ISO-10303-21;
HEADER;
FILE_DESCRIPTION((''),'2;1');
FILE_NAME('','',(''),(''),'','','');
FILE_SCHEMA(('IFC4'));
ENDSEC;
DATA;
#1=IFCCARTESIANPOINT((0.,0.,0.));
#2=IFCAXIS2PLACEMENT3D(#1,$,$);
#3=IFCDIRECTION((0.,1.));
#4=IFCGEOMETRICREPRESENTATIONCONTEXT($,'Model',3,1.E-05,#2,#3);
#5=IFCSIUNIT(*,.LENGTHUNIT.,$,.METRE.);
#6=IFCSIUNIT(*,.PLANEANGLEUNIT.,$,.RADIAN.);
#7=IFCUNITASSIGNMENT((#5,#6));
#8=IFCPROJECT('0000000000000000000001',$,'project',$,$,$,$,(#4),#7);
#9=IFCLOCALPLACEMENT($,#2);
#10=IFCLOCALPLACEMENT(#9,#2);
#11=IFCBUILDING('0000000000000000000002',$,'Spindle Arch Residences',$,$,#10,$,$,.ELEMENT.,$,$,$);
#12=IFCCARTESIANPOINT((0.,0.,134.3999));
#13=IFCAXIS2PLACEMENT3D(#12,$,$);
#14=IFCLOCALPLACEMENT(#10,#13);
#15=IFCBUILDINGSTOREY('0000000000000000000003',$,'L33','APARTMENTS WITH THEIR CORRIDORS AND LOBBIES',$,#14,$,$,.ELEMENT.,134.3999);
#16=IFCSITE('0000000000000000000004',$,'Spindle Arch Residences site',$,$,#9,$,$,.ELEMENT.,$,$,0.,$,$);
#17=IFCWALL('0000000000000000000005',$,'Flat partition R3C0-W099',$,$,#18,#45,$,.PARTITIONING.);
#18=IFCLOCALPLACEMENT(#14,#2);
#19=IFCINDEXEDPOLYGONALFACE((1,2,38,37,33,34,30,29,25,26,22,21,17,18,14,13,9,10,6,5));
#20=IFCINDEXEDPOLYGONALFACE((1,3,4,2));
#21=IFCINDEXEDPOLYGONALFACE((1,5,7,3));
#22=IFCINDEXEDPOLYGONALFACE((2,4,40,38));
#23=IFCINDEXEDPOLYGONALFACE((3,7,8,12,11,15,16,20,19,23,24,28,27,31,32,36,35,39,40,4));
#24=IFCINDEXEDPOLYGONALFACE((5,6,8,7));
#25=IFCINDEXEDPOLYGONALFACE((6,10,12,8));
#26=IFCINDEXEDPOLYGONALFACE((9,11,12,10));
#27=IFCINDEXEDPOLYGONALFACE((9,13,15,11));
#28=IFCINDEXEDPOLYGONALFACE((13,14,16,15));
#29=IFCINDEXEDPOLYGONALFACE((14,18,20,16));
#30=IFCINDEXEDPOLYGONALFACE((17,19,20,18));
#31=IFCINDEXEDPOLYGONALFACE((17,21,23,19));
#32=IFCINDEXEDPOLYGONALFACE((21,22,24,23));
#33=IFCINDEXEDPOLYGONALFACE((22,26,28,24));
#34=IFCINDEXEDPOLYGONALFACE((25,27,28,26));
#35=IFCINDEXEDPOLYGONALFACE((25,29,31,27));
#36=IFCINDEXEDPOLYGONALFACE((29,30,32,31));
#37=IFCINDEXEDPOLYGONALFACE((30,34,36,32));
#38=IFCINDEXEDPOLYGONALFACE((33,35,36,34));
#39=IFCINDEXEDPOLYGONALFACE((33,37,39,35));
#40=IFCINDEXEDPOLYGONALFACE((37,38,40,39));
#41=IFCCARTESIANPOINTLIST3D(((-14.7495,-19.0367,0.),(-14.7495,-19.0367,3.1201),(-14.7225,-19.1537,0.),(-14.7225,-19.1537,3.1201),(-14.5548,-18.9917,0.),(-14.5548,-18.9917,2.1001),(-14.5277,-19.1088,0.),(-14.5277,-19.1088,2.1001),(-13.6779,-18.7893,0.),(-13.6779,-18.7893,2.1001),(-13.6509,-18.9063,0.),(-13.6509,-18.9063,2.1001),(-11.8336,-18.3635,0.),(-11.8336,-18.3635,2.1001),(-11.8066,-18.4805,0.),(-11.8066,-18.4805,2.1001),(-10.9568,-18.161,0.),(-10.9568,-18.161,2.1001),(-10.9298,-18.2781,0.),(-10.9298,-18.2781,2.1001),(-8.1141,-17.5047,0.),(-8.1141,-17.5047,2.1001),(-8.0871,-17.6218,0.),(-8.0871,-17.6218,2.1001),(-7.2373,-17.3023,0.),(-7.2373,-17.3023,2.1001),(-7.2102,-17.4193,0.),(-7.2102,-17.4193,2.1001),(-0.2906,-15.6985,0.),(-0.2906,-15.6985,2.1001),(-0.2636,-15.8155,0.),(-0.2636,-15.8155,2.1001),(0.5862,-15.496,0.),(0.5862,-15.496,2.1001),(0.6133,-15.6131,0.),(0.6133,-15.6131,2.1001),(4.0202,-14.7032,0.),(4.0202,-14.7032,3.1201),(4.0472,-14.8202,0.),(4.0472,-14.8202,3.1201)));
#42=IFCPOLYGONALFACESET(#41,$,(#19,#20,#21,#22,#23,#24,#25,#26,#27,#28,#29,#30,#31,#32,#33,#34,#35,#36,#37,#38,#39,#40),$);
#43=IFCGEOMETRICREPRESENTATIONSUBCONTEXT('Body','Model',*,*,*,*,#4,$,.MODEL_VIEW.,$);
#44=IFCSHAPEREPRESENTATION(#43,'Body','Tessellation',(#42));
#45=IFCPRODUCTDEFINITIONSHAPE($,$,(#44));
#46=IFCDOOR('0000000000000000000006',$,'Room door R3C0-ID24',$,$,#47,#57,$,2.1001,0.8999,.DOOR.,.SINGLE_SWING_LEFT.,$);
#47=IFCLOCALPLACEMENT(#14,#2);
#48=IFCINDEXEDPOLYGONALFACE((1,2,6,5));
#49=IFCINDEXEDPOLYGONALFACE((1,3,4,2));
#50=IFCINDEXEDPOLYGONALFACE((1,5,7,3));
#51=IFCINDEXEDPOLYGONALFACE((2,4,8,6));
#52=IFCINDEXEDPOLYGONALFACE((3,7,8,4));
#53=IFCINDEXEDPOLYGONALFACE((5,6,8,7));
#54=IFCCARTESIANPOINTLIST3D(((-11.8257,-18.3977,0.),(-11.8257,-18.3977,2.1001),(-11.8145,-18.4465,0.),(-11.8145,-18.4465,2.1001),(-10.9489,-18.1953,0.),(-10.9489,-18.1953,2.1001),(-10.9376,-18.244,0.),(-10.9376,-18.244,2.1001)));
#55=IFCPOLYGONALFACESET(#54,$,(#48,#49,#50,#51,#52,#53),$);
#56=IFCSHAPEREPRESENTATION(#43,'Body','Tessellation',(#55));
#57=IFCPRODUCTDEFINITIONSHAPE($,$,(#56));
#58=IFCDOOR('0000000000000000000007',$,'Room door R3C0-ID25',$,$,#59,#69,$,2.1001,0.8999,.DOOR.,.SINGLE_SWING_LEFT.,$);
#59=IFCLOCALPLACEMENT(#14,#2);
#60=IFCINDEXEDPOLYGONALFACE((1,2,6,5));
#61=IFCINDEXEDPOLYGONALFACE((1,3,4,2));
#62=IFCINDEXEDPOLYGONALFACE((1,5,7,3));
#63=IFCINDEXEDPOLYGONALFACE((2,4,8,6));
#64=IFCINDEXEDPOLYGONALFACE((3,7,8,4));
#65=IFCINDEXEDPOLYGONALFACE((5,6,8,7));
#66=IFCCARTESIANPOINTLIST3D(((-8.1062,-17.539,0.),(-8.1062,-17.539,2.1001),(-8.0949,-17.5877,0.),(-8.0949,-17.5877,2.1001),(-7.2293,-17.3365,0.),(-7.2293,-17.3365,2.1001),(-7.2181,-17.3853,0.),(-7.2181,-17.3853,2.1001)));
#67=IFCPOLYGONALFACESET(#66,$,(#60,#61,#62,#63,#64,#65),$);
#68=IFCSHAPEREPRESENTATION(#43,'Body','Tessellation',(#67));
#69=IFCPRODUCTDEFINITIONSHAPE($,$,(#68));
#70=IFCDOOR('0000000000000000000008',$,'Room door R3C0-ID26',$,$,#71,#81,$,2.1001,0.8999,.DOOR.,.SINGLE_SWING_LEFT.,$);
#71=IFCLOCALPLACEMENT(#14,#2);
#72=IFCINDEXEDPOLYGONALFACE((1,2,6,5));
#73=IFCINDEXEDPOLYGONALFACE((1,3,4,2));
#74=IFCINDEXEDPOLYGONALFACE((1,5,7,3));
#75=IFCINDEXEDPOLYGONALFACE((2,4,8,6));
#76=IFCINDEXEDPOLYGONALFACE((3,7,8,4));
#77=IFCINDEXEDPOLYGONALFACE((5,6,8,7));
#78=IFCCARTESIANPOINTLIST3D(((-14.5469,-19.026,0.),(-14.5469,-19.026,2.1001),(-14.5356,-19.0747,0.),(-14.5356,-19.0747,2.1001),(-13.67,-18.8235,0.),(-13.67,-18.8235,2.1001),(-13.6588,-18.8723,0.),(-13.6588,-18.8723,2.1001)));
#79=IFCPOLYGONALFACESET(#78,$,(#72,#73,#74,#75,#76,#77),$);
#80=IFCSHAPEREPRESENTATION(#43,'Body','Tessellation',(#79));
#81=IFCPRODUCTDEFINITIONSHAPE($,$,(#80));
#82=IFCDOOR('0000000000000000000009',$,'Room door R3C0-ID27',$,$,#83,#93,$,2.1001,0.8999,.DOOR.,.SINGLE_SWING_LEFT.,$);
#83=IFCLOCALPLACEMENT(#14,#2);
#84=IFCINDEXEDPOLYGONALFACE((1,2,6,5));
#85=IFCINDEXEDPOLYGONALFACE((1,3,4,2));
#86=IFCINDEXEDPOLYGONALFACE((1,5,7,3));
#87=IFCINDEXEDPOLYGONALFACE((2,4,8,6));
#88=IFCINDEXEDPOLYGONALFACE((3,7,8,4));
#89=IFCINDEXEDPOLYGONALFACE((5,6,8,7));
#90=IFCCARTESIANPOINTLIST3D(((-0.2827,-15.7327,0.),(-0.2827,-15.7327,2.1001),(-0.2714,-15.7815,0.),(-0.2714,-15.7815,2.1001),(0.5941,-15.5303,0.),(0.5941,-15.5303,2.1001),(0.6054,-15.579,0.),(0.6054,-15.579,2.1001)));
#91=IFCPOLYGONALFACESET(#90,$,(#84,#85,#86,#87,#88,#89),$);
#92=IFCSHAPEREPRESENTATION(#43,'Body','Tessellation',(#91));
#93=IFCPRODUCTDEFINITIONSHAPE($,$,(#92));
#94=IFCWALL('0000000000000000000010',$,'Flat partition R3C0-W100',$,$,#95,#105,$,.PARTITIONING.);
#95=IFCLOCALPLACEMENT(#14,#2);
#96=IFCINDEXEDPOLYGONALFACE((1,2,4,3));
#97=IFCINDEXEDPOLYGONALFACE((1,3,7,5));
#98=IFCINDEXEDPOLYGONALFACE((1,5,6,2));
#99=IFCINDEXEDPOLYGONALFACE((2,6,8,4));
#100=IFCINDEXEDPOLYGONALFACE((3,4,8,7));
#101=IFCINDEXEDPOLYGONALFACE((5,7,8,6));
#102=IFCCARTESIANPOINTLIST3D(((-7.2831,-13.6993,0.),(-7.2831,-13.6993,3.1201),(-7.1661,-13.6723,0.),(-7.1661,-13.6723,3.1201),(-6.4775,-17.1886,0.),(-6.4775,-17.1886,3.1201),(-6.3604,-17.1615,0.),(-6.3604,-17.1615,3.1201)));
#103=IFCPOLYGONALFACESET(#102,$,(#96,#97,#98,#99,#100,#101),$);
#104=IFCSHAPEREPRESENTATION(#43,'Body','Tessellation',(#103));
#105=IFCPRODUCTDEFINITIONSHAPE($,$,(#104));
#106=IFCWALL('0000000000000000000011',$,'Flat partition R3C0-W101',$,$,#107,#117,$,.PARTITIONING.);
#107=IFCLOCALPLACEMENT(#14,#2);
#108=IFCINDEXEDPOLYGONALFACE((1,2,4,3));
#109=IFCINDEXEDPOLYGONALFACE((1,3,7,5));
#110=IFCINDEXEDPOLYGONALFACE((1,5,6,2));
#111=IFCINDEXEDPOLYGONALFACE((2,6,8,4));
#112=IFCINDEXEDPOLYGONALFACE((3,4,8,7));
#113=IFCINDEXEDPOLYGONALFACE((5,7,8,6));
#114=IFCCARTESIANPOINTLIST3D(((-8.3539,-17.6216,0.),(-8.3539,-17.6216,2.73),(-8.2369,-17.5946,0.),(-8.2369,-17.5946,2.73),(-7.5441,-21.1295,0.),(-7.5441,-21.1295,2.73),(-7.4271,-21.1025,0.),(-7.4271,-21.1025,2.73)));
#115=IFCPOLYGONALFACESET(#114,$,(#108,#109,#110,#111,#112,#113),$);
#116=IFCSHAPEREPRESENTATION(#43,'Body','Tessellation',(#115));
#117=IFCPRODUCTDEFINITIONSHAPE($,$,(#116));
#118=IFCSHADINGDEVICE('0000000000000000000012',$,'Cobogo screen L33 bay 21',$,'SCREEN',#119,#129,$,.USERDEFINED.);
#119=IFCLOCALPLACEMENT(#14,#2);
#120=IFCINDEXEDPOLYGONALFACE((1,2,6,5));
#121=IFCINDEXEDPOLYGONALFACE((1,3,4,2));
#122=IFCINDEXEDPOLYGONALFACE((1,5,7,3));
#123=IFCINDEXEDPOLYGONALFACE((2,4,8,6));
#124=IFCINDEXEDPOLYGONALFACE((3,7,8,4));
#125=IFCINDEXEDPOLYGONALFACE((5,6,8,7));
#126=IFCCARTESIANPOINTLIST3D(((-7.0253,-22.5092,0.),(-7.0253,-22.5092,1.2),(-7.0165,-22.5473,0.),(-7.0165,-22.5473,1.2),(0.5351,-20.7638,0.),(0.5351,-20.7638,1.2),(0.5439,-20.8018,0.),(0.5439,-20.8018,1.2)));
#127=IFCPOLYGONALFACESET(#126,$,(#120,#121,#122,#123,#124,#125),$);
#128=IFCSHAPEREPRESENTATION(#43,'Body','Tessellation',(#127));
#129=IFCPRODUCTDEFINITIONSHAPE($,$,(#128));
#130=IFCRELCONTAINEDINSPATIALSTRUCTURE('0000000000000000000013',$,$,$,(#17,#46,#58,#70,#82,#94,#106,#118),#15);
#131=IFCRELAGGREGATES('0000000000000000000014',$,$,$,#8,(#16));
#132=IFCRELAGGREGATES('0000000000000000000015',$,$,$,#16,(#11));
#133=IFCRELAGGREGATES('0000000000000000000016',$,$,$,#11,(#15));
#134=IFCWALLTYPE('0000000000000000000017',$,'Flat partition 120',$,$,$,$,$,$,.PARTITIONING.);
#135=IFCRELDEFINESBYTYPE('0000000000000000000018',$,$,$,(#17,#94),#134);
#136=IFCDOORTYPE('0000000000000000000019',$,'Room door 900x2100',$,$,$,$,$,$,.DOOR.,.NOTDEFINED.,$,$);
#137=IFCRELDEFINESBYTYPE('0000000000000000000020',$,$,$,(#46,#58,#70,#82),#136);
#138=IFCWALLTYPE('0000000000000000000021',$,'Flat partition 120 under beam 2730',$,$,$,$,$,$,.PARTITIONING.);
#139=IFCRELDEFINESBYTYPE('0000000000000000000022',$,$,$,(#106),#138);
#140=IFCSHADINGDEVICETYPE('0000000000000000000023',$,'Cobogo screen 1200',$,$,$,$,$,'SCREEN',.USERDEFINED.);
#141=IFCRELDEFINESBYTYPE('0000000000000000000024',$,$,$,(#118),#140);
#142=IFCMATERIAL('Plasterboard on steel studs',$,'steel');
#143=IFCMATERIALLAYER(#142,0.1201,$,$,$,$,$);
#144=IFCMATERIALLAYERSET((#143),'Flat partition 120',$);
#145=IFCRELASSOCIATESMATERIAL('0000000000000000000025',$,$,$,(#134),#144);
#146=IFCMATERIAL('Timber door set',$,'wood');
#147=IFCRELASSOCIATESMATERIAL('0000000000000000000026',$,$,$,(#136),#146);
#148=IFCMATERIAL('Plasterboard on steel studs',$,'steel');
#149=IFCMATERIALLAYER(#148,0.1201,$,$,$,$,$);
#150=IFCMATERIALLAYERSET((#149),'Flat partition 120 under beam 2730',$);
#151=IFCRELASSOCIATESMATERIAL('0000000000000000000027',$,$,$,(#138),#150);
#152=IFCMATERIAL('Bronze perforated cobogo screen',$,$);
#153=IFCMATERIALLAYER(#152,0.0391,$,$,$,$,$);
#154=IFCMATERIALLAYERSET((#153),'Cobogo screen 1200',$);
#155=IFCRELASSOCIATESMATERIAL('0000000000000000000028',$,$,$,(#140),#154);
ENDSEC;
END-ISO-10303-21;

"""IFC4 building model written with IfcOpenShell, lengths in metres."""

from ifc_helpers import new_model, si_unit, direction, frame, frame_2d, origin, origin_2d, place, context, subcontext, project, spatial, rectangle, extrude, material, layer, layer_set, type_object, element, fill, save


model = new_model("IFC4")

# Units and contexts
model_context = context("Model", 3, precision=1e-05, world=origin(), true_north=direction((0.0, 1.0)))
body_context = subcontext(model_context, "Body", "Model", "MODEL_VIEW")
ifc_project = project(units=[si_unit("LENGTHUNIT", "METRE"), si_unit("PLANEANGLEUNIT", "RADIAN")], contexts=[model_context])

# Site, building, storey
site_placement = place(None, origin())
site = spatial("IfcSite", under=ifc_project, at=site_placement, Name="Spindle Arch Residences site", CompositionType="ELEMENT", RefElevation=0.0)
building_placement = place(site_placement, origin())
building = spatial("IfcBuilding", under=site, at=building_placement, Name="Spindle Arch Residences", CompositionType="ELEMENT")
storey_placement = place(building_placement, frame((0.0, 0.0, 134.3999)))
storey = spatial("IfcBuildingStorey", under=building, at=storey_placement, Name="L33", Description="APARTMENTS WITH THEIR CORRIDORS AND LOBBIES", CompositionType="ELEMENT", Elevation=134.3999)

# Shared definitions
ifc_material_1 = material(Name="Plasterboard on steel studs", Category="steel")
ifc_layer_1 = layer(ifc_material_1, 0.1201)
ifc_layer_set_1 = layer_set([ifc_layer_1], Name="Flat partition 120")
wall_type_1 = type_object("IfcWallType", Name="Flat partition 120", PredefinedType="PARTITIONING", material=ifc_layer_set_1)

# Shared definitions
ifc_material_2 = material(Name="Timber door set", Category="wood")
door_type_1 = type_object("IfcDoorType", Name="Room door 900x2100", OperationType="NOTDEFINED", PredefinedType="DOOR", material=ifc_material_2)

# Wall, openings, doors
wall_1_placement = place(storey_placement, frame((-14.7361, -19.0952, 0.0), z_axis=(0.0, 0.0, 1.0), x_axis=(0.974368, 0.224959, 0.0)))
wall_1 = element("IfcWall", 1, at=wall_1_placement, inside=storey, type_object=wall_type_1, Name="Flat partition R3C0-W099", PredefinedType="PARTITIONING", context=body_context, shape_type="SweptSolid", body=[
    extrude(rectangle(XDim=19.2634, YDim=0.1201, at=frame_2d((9.6318, 0.0))), origin(), (0.0, 0.0, 1.0), 3.1201),
])
opening_1_placement = place(wall_1_placement, frame((2.9927, 0.0, 0.0)))
opening_1 = element("IfcOpeningElement", 2, at=opening_1_placement, cuts=wall_1, PredefinedType="OPENING", context=body_context, shape_type="SweptSolid", body=[
    extrude(rectangle(XDim=0.8999, YDim=2.1001, at=frame_2d((0.45, 1.05))), frame((0.0, 0.0701, 0.0), z_axis=(0.0, -1.0, 0.0), x_axis=(1.0, 0.0, 0.0)), (0.0, 0.0, 1.0), 0.1401),
])
opening_2_placement = place(wall_1_placement, frame((6.8101, 0.0, 0.0)))
opening_2 = element("IfcOpeningElement", 3, at=opening_2_placement, cuts=wall_1, PredefinedType="OPENING", context=body_context, shape_type="SweptSolid", body=[
    extrude(rectangle(XDim=0.8999, YDim=2.1001, at=frame_2d((0.45, 1.05))), frame((0.0, 0.0701, 0.0), z_axis=(0.0, -1.0, 0.0), x_axis=(1.0, 0.0, 0.0)), (0.0, 0.0, 1.0), 0.1401),
])
opening_3_placement = place(wall_1_placement, frame((0.2, 0.0, 0.0)))
opening_3 = element("IfcOpeningElement", 4, at=opening_3_placement, cuts=wall_1, PredefinedType="OPENING", context=body_context, shape_type="SweptSolid", body=[
    extrude(rectangle(XDim=0.8999, YDim=2.1001, at=frame_2d((0.45, 1.05))), frame((0.0, 0.0701, 0.0), z_axis=(0.0, -1.0, 0.0), x_axis=(1.0, 0.0, 0.0)), (0.0, 0.0, 1.0), 0.1401),
])
opening_4_placement = place(wall_1_placement, frame((14.8394, 0.0, 0.0)))
opening_4 = element("IfcOpeningElement", 5, at=opening_4_placement, cuts=wall_1, PredefinedType="OPENING", context=body_context, shape_type="SweptSolid", body=[
    extrude(rectangle(XDim=0.8999, YDim=2.1001, at=frame_2d((0.45, 1.05))), frame((0.0, 0.0701, 0.0), z_axis=(0.0, -1.0, 0.0), x_axis=(1.0, 0.0, 0.0)), (0.0, 0.0, 1.0), 0.1401),
])
door_1_placement = place(opening_1_placement, origin())
door_1 = element("IfcDoor", 6, at=door_1_placement, inside=storey, type_object=door_type_1, Name="Room door R3C0-ID24", OperationType="SINGLE_SWING_LEFT", OverallHeight=2.1001, OverallWidth=0.8999, PredefinedType="DOOR", context=body_context, shape_type="SweptSolid", body=[
    extrude(rectangle(XDim=0.8999, YDim=2.1001, at=frame_2d((0.45, 1.05))), frame((0.0, 0.0249, 0.0), z_axis=(0.0, -1.0, 0.0), x_axis=(1.0, 0.0, 0.0)), (0.0, 0.0, 1.0), 0.05),
])
fill(opening_1, door_1)
door_2_placement = place(opening_2_placement, origin())
door_2 = element("IfcDoor", 7, at=door_2_placement, inside=storey, type_object=door_type_1, Name="Room door R3C0-ID25", OperationType="SINGLE_SWING_LEFT", OverallHeight=2.1001, OverallWidth=0.8999, PredefinedType="DOOR", context=body_context, shape_type="SweptSolid", body=[
    extrude(rectangle(XDim=0.8999, YDim=2.1001, at=frame_2d((0.45, 1.05))), frame((0.0, 0.0249, 0.0), z_axis=(0.0, -1.0, 0.0), x_axis=(1.0, 0.0, 0.0)), (0.0, 0.0, 1.0), 0.05),
])
fill(opening_2, door_2)
door_3_placement = place(opening_3_placement, origin())
door_3 = element("IfcDoor", 8, at=door_3_placement, inside=storey, type_object=door_type_1, Name="Room door R3C0-ID26", OperationType="SINGLE_SWING_LEFT", OverallHeight=2.1001, OverallWidth=0.8999, PredefinedType="DOOR", context=body_context, shape_type="SweptSolid", body=[
    extrude(rectangle(XDim=0.8999, YDim=2.1001, at=frame_2d((0.45, 1.05))), frame((0.0, 0.0249, 0.0), z_axis=(0.0, -1.0, 0.0), x_axis=(1.0, 0.0, 0.0)), (0.0, 0.0, 1.0), 0.05),
])
fill(opening_3, door_3)
door_4_placement = place(opening_4_placement, origin())
door_4 = element("IfcDoor", 9, at=door_4_placement, inside=storey, type_object=door_type_1, Name="Room door R3C0-ID27", OperationType="SINGLE_SWING_LEFT", OverallHeight=2.1001, OverallWidth=0.8999, PredefinedType="DOOR", context=body_context, shape_type="SweptSolid", body=[
    extrude(rectangle(XDim=0.8999, YDim=2.1001, at=frame_2d((0.45, 1.05))), frame((0.0, 0.0249, 0.0), z_axis=(0.0, -1.0, 0.0), x_axis=(1.0, 0.0, 0.0)), (0.0, 0.0, 1.0), 0.05),
])
fill(opening_4, door_4)

# Walls
wall_2_placement = place(storey_placement, frame((-6.4189, -17.175, 0.0), z_axis=(0.0, 0.0, 1.0), x_axis=(-0.224979, 0.974364, 0.0)))
element("IfcWall", 10, at=wall_2_placement, inside=storey, type_object=wall_type_1, Name="Flat partition R3C0-W100", PredefinedType="PARTITIONING", context=body_context, shape_type="SweptSolid", body=[
    extrude(rectangle(XDim=3.5811, YDim=0.1201, at=frame_2d((1.7905, 0.0))), origin(), (0.0, 0.0, 1.0), 3.1201),
])
ifc_material_3 = material(Name="Plasterboard on steel studs", Category="steel")
ifc_layer_2 = layer(ifc_material_3, 0.1201)
ifc_layer_set_2 = layer_set([ifc_layer_2], Name="Flat partition 120 under beam 2730")
wall_type_2 = type_object("IfcWallType", Name="Flat partition 120 under beam 2730", PredefinedType="PARTITIONING", material=ifc_layer_set_2)
wall_3_placement = place(storey_placement, frame((-7.4856, -21.116, 0.0), z_axis=(0.0, 0.0, 1.0), x_axis=(-0.224944, 0.974372, 0.0)))
element("IfcWall", 11, at=wall_3_placement, inside=storey, type_object=wall_type_2, Name="Flat partition R3C0-W101", PredefinedType="PARTITIONING", context=body_context, shape_type="SweptSolid", body=[
    extrude(rectangle(XDim=3.6001, YDim=0.1201, at=frame_2d((1.8, 0.0))), origin(), (0.0, 0.0, 1.0), 2.73),
])

# Shading device
ifc_material_4 = material(Name="Bronze perforated cobogo screen")
ifc_layer_3 = layer(ifc_material_4, 0.0391)
ifc_layer_set_3 = layer_set([ifc_layer_3], Name="Cobogo screen 1200")
shading_device_type = type_object("IfcShadingDeviceType", Name="Cobogo screen 1200", ElementType="SCREEN", PredefinedType="USERDEFINED", material=ifc_layer_set_3)
shading_device_placement = place(storey_placement, frame((-3.2407, -21.6555, 0.0), z_axis=(0.0, 0.0, 1.0), x_axis=(0.97437, 0.224951, 0.0)))
element("IfcShadingDevice", 12, at=shading_device_placement, inside=storey, type_object=shading_device_type, Name="Cobogo screen L33 bay 21", ObjectType="SCREEN", PredefinedType="USERDEFINED", context=body_context, shape_type="SweptSolid", body=[
    extrude(rectangle(XDim=7.7593, YDim=0.0391, at=origin_2d()), origin(), (0.0, 0.0, 1.0), 1.2),
])

save(model, "model.ifc")
